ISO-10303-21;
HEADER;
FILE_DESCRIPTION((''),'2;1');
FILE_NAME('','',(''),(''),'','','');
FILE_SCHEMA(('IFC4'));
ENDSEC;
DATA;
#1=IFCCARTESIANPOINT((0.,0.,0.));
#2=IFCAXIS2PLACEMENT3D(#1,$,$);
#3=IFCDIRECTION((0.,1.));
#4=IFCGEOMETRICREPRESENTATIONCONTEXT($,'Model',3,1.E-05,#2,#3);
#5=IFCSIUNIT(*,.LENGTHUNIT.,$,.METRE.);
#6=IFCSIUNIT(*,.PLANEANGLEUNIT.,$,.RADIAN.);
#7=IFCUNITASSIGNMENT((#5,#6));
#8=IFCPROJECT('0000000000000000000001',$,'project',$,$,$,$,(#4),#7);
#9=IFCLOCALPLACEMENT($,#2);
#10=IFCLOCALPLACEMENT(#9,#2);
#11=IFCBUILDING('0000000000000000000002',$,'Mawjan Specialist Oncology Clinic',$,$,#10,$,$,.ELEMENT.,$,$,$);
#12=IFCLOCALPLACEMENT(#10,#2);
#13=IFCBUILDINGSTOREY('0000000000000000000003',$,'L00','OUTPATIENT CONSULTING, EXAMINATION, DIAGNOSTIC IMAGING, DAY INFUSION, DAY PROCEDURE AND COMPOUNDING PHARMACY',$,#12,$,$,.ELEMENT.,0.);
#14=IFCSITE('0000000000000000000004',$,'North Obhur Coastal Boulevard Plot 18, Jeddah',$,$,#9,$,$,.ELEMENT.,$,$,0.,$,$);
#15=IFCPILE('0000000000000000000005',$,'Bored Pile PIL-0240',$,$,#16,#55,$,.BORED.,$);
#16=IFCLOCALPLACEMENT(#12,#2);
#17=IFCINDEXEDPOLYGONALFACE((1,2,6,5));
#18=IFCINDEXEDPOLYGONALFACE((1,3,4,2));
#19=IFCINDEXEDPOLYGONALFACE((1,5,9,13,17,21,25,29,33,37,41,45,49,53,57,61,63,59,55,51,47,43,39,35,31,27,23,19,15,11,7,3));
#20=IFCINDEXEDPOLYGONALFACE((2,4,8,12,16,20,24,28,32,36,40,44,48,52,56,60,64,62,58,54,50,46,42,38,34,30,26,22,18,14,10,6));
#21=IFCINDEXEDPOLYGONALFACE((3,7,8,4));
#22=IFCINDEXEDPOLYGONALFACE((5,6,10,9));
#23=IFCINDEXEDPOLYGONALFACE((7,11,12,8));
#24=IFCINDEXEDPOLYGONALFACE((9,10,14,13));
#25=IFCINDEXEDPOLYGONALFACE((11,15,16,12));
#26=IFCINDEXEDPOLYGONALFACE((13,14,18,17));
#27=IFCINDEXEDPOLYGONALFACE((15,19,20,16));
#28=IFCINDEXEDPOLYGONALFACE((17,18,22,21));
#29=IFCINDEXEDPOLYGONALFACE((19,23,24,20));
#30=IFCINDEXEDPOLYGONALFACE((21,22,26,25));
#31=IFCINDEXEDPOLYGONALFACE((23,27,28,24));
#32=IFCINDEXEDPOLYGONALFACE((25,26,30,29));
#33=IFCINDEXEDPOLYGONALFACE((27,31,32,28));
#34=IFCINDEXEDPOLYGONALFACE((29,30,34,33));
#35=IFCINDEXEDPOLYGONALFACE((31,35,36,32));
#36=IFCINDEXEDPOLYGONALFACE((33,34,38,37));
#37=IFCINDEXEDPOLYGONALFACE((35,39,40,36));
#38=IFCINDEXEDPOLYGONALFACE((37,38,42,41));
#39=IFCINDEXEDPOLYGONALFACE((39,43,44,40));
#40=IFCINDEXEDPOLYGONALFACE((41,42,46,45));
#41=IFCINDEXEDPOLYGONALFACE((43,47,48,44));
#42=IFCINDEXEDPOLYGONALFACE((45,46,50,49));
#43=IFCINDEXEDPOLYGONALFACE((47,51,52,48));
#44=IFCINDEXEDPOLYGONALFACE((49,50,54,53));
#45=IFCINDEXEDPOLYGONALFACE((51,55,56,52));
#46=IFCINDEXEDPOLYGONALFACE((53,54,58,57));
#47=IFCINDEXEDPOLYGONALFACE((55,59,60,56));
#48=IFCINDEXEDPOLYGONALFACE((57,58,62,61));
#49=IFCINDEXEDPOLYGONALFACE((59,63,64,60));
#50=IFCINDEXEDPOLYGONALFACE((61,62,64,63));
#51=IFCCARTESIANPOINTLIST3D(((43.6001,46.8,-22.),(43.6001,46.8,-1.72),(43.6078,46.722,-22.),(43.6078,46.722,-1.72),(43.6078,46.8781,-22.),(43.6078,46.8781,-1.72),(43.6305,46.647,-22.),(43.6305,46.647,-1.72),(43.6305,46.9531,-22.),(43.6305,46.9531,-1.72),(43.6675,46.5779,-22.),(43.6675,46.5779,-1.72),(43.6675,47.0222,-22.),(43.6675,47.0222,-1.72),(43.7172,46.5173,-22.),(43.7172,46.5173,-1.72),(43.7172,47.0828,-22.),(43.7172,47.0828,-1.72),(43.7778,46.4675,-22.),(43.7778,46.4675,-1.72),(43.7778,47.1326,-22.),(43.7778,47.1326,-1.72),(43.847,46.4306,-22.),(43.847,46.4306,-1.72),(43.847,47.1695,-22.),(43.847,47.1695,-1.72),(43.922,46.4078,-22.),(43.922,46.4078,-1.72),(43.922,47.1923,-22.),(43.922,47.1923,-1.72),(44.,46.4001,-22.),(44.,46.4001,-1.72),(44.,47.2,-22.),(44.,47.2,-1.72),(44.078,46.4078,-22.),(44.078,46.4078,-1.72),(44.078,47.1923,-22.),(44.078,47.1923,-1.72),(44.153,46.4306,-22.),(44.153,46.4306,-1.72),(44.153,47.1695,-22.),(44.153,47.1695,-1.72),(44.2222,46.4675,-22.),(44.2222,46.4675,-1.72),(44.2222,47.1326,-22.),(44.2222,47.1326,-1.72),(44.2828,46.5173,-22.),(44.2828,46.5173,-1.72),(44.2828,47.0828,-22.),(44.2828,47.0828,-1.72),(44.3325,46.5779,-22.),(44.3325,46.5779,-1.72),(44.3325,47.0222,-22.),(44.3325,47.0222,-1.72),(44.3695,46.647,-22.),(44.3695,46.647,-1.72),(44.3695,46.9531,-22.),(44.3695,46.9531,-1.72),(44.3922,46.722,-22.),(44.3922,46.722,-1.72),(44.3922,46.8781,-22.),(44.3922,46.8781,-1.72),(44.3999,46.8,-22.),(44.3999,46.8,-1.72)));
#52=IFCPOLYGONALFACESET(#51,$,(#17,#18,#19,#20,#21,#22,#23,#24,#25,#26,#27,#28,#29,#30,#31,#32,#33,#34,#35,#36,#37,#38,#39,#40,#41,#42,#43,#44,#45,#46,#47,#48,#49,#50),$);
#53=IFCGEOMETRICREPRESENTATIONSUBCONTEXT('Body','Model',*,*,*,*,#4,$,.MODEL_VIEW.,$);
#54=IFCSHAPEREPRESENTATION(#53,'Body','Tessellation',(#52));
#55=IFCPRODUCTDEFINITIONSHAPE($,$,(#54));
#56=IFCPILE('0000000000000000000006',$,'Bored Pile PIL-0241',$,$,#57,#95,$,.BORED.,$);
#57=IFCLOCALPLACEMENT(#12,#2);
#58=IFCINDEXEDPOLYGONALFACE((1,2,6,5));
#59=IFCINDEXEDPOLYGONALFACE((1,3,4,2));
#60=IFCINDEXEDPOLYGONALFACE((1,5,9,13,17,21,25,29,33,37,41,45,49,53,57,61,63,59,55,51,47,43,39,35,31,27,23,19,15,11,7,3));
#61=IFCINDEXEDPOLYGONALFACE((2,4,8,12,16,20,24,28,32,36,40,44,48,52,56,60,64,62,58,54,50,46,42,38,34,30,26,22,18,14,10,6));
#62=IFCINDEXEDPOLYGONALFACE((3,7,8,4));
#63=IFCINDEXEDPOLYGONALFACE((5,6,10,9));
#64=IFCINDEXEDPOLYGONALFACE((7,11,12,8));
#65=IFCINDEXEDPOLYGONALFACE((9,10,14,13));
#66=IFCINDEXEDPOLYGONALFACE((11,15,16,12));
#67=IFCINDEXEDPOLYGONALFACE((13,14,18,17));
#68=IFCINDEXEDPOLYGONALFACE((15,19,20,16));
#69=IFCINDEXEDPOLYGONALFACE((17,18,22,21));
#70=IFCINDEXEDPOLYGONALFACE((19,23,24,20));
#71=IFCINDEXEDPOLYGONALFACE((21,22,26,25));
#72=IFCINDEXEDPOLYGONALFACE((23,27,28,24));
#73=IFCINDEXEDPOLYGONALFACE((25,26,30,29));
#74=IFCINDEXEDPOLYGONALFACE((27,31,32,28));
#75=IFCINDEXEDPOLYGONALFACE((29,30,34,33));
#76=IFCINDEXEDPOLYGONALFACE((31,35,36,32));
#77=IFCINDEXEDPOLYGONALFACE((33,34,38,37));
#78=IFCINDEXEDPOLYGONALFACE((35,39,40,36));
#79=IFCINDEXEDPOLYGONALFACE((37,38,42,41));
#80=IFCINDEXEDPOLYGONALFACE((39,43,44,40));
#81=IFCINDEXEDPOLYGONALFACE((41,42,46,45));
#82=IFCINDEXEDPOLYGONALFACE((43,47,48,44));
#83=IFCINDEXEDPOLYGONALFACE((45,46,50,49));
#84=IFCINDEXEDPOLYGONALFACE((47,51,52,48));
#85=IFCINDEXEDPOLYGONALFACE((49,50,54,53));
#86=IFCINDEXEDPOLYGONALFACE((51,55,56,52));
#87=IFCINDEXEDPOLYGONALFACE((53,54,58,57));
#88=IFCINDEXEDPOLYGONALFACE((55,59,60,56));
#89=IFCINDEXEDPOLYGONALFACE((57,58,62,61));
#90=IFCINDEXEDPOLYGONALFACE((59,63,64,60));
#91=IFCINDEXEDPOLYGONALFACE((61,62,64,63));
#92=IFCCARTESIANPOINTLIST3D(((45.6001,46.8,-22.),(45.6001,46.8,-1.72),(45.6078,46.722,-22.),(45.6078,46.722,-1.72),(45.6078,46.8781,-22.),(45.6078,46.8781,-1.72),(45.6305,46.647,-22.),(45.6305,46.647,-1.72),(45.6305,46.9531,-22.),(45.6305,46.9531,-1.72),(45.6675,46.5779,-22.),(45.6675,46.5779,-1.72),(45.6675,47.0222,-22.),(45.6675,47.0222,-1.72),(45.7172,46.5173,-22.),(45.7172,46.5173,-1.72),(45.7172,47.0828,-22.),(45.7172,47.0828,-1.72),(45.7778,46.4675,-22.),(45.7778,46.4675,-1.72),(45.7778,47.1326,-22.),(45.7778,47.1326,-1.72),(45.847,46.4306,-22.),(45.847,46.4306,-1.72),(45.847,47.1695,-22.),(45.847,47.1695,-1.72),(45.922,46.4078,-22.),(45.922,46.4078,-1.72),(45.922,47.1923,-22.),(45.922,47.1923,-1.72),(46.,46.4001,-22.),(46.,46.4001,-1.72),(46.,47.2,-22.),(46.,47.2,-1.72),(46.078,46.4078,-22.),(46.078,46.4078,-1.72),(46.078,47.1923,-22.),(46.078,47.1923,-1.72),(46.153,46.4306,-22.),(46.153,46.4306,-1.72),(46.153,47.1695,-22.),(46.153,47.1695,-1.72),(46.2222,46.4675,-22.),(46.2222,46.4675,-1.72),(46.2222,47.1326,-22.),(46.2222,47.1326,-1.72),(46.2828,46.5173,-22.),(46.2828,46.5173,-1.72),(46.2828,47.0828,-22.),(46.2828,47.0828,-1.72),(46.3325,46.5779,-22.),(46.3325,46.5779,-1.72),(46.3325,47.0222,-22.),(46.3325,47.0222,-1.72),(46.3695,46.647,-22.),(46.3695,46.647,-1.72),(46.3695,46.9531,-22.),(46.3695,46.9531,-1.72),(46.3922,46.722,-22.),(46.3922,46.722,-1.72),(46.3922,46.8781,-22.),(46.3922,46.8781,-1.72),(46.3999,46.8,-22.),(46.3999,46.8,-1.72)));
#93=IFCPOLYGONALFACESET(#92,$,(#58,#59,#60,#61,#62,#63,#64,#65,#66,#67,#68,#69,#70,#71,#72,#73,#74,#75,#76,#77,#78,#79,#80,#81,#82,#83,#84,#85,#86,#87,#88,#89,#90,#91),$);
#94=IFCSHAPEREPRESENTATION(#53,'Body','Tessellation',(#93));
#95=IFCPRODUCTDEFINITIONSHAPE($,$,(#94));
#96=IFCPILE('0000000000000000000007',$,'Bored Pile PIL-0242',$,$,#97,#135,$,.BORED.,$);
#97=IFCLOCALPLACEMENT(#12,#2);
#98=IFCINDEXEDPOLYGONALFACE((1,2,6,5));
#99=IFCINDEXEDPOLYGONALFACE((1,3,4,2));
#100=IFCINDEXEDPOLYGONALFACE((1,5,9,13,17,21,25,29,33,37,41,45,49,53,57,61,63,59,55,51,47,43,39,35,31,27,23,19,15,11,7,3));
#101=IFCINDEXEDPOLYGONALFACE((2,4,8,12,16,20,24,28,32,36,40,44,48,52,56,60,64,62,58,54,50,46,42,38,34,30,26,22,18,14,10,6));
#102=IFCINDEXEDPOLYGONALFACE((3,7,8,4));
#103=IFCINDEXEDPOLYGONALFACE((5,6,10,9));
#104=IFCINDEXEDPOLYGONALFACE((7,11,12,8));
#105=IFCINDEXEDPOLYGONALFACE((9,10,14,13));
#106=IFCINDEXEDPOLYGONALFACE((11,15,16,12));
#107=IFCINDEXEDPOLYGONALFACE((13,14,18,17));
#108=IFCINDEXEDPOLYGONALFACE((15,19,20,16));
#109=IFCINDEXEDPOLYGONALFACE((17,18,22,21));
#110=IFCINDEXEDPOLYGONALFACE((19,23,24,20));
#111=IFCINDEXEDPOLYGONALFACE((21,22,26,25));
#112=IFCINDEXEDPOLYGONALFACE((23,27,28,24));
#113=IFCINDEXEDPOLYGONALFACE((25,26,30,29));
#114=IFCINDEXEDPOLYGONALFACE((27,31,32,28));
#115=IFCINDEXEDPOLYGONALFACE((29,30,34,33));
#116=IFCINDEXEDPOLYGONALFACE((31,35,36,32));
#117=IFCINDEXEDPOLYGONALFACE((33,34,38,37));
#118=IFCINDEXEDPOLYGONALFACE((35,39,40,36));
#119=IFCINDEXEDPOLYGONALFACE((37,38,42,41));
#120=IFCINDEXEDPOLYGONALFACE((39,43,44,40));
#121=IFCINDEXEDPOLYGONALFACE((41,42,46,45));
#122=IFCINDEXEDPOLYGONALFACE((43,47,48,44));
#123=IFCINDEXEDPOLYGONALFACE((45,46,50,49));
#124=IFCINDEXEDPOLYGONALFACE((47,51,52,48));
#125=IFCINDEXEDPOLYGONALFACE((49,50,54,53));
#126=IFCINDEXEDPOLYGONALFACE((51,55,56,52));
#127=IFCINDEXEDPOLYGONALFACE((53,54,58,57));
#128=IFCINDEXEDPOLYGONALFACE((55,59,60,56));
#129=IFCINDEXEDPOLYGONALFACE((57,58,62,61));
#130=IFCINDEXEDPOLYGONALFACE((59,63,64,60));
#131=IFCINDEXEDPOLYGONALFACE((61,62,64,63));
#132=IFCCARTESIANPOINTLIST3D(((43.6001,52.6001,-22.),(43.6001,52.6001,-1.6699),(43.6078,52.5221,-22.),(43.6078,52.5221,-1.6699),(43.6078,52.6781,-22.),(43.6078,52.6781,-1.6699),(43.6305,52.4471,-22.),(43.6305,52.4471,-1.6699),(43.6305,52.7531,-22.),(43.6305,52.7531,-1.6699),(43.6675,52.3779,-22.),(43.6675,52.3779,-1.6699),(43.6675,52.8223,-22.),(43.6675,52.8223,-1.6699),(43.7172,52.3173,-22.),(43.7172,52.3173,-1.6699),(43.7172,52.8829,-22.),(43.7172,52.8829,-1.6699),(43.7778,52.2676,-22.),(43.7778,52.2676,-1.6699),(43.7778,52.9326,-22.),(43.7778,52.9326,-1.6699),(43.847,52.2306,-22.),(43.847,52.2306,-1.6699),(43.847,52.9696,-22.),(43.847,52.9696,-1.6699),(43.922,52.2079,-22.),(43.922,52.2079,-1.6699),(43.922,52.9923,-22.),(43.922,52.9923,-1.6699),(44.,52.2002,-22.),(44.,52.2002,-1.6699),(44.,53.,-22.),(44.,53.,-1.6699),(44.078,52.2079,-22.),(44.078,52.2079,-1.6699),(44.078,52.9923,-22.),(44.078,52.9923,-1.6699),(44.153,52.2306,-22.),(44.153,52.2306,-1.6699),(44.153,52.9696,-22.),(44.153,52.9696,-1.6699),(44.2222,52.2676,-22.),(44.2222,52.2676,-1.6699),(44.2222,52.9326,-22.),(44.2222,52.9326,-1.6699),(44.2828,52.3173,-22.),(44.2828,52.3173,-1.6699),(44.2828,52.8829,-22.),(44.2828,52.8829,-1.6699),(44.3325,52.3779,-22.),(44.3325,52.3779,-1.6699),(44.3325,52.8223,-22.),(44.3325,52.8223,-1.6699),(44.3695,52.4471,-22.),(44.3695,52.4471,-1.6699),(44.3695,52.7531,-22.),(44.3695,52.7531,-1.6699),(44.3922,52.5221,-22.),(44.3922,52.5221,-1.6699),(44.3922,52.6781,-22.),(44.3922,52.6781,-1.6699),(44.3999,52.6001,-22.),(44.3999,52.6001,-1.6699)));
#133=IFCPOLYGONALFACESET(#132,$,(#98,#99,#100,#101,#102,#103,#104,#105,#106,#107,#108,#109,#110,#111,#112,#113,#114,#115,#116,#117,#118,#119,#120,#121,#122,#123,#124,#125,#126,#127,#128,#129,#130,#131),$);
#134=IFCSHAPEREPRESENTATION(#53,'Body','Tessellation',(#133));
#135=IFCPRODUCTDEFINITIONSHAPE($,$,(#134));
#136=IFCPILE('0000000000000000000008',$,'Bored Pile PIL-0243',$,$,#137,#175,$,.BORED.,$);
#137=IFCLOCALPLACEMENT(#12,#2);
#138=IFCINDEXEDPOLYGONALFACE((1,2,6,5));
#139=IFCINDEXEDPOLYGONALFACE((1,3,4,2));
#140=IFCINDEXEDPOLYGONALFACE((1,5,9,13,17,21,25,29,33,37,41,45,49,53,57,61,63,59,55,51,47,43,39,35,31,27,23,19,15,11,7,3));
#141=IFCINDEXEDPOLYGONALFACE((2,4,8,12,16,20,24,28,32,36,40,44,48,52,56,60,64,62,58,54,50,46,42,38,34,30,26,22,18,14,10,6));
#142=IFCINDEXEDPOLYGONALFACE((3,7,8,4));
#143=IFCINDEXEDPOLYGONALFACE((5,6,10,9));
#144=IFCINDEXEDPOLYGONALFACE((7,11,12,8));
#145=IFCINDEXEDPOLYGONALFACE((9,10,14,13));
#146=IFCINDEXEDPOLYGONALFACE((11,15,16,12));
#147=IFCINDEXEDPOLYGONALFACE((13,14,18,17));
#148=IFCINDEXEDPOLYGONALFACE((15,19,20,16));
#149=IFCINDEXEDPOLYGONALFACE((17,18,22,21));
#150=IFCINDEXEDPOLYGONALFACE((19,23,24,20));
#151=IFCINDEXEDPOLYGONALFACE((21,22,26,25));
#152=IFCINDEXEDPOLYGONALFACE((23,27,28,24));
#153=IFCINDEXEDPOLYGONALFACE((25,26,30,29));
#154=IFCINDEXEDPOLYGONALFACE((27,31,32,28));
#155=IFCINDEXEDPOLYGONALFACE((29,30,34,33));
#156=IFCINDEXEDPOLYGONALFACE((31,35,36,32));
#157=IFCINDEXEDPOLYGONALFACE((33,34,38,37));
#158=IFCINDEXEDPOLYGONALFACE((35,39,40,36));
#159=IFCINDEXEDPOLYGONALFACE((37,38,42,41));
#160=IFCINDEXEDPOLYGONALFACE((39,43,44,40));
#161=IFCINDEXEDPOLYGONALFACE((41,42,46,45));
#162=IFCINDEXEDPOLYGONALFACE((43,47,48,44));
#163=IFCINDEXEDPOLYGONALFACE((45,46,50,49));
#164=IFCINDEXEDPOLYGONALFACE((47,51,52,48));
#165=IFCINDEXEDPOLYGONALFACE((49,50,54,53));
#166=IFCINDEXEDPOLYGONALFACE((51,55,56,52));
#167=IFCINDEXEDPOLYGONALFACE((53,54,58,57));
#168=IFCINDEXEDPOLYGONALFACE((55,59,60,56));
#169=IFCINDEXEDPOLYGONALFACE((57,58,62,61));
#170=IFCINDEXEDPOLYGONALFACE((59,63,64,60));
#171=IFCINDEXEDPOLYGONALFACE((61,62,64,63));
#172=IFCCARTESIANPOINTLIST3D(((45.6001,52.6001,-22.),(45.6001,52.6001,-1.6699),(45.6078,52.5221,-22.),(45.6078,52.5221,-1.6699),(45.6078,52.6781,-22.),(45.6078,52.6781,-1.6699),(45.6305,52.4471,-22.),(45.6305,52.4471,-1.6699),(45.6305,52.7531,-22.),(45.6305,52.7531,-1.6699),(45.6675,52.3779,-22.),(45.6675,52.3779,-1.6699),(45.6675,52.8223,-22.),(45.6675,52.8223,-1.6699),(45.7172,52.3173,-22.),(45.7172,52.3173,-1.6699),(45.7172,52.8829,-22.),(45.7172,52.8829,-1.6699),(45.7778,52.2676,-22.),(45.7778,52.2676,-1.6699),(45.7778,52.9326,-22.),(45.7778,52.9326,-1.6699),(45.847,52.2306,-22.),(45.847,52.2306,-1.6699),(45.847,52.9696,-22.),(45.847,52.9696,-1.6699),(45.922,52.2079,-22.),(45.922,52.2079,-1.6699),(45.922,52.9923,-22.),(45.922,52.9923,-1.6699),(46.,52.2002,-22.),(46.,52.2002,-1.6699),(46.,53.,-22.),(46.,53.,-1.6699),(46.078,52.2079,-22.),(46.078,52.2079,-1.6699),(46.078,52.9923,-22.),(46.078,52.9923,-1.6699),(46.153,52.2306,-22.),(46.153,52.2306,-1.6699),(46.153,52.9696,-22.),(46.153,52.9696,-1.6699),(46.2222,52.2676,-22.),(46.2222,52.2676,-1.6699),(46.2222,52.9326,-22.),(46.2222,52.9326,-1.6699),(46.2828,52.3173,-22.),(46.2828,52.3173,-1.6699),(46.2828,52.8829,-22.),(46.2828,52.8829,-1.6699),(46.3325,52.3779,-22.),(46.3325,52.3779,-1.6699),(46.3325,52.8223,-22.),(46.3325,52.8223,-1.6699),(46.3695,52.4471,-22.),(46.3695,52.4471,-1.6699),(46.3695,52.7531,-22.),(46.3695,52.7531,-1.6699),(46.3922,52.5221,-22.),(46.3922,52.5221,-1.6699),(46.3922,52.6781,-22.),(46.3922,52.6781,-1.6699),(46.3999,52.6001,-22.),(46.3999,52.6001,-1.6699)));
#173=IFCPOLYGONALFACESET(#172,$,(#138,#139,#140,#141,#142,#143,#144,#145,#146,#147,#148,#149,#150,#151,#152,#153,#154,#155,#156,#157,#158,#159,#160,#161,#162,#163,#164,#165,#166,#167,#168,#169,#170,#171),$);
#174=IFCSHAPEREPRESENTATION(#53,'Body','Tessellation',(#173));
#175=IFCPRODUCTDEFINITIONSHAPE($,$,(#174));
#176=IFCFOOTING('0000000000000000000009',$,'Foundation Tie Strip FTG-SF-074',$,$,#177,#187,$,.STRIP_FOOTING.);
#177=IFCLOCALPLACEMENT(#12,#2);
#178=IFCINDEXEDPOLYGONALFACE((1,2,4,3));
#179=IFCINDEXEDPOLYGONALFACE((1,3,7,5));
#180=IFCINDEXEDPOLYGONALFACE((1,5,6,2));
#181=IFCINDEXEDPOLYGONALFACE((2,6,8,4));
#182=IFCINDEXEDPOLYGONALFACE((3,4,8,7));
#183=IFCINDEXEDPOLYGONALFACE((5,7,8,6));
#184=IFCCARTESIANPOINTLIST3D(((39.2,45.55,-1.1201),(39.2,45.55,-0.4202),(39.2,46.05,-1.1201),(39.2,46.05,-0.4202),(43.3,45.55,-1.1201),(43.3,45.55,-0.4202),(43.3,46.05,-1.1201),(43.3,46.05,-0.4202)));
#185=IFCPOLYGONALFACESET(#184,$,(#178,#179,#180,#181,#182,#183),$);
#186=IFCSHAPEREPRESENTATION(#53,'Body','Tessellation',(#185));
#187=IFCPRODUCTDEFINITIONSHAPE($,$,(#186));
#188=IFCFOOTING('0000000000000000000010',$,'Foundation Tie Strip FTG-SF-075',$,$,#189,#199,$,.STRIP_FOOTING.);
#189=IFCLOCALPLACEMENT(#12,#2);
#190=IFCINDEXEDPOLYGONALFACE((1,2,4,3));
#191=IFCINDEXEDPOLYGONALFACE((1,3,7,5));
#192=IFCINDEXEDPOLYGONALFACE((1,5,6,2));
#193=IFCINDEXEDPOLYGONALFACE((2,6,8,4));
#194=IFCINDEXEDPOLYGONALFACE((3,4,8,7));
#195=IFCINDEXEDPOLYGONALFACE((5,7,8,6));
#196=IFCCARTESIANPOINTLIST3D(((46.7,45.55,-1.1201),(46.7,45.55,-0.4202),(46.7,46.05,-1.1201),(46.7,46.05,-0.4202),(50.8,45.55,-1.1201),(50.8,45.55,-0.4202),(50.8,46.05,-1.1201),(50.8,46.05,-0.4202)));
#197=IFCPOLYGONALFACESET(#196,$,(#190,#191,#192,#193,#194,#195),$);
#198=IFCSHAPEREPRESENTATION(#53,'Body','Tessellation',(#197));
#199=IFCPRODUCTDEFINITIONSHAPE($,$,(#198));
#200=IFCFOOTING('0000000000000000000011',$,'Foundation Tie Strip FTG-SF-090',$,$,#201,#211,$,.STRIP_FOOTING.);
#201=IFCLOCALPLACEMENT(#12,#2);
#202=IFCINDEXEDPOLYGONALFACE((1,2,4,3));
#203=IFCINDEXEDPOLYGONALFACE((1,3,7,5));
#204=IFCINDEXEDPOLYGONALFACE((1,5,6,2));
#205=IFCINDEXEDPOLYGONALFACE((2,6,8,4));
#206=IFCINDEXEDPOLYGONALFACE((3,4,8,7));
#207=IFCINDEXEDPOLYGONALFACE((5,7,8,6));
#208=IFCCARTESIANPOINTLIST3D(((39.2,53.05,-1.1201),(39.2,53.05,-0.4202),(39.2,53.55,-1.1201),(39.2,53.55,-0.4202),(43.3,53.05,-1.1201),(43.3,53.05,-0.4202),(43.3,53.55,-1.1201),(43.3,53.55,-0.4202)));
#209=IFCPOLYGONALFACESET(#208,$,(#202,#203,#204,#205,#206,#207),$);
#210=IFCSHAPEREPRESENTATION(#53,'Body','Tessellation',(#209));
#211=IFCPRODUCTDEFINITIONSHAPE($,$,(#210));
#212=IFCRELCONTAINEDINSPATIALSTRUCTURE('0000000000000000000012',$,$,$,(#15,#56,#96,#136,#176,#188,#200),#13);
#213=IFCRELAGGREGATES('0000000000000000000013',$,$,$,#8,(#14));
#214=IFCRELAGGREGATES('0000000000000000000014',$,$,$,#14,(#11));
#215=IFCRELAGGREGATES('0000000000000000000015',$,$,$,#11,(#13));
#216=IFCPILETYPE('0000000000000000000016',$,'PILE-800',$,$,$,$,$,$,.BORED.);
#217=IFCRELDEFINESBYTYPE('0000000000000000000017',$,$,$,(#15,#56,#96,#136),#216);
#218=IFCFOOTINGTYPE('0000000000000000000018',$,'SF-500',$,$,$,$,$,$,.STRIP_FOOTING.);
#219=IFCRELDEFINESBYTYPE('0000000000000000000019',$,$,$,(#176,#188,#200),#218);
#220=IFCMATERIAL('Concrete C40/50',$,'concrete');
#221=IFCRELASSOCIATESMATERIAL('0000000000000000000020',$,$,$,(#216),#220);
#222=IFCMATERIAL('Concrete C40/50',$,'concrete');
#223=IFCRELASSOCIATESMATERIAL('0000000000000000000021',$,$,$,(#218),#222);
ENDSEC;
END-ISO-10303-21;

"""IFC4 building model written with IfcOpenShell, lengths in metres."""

from ifc_helpers import new_model, si_unit, direction, frame, origin, origin_2d, place, context, subcontext, project, spatial, rectangle, circle, extrude, material, material_profile, profile_set, type_object, element, save


model = new_model("IFC4")

# Units and contexts
model_context = context("Model", 3, precision=1e-05, world=origin(), true_north=direction((0.0, 1.0)))
body_context = subcontext(model_context, "Body", "Model", "MODEL_VIEW")
ifc_project = project(units=[si_unit("LENGTHUNIT", "METRE"), si_unit("PLANEANGLEUNIT", "RADIAN")], contexts=[model_context])

# Site, building, storey
site_placement = place(None, origin())
site = spatial("IfcSite", under=ifc_project, at=site_placement, Name="North Obhur Coastal Boulevard Plot 18, Jeddah", CompositionType="ELEMENT", RefElevation=0.0)
building_placement = place(site_placement, origin())
building = spatial("IfcBuilding", under=site, at=building_placement, Name="Mawjan Specialist Oncology Clinic", CompositionType="ELEMENT")
storey_placement = place(building_placement, origin())
storey = spatial("IfcBuildingStorey", under=building, at=storey_placement, Name="L00", Description="OUTPATIENT CONSULTING, EXAMINATION, DIAGNOSTIC IMAGING, DAY INFUSION, DAY PROCEDURE AND COMPOUNDING PHARMACY", CompositionType="ELEMENT", Elevation=0.0)

# Piles
ifc_material_1 = material(Name="Concrete C40/50", Category="concrete")
ifc_material_profile_1 = material_profile(ifc_material_1, circle(Radius=0.3999, at=origin_2d()), Name="BORED PILE D800", Category="concrete")
ifc_profile_set_1 = profile_set([ifc_material_profile_1], Name="Concrete C40/50")
pile_type = type_object("IfcPileType", Name="PILE-800", PredefinedType="BORED", material=ifc_profile_set_1)
for number, where, z_axis, x_axis, name in (
    (1, (44.0, 46.8, -1.72), (0.0, 0.0, -1.0), (1.0, 0.0, 0.0), "Bored Pile PIL-0240"),
    (2, (46.0, 46.8, -1.72), (0.0, 0.0, -1.0), (1.0, 0.0, 0.0), "Bored Pile PIL-0241"),
):
    element("IfcPile", number, at=place(storey_placement, frame(where, z_axis=z_axis, x_axis=x_axis)), inside=storey, type_object=pile_type, Name=name, PredefinedType="BORED", context=body_context, shape_type="SweptSolid", body=[
        extrude(circle(Radius=0.3999, at=origin_2d()), origin(), (0.0, 0.0, 1.0), 20.28),
    ])
for number, where, z_axis, x_axis, name in (
    (3, (44.0, 52.6001, -1.6699), (0.0, 0.0, -1.0), (1.0, 0.0, 0.0), "Bored Pile PIL-0242"),
    (4, (46.0, 52.6001, -1.6699), (0.0, 0.0, -1.0), (1.0, 0.0, 0.0), "Bored Pile PIL-0243"),
):
    element("IfcPile", number, at=place(storey_placement, frame(where, z_axis=z_axis, x_axis=x_axis)), inside=storey, type_object=pile_type, Name=name, PredefinedType="BORED", context=body_context, shape_type="SweptSolid", body=[
        extrude(circle(Radius=0.3999, at=origin_2d()), origin(), (0.0, 0.0, 1.0), 20.3301),
    ])

# Footings
ifc_material_2 = material(Name="Concrete C40/50", Category="concrete")
footing_type_1 = type_object("IfcFootingType", Name="SF-500", PredefinedType="STRIP_FOOTING", material=ifc_material_2)
for number, where, z_axis, x_axis, name in (
    (5, (41.25, 45.8, -1.1201), (0.0, 0.0, 1.0), (1.0, 0.0, 0.0), "Foundation Tie Strip FTG-SF-074"),
    (6, (48.75, 45.8, -1.1201), (0.0, 0.0, 1.0), (1.0, 0.0, 0.0), "Foundation Tie Strip FTG-SF-075"),
    (7, (41.25, 53.3, -1.1201), (0.0, 0.0, 1.0), (1.0, 0.0, 0.0), "Foundation Tie Strip FTG-SF-090"),
):
    element("IfcFooting", number, at=place(storey_placement, frame(where, z_axis=z_axis, x_axis=x_axis)), inside=storey, type_object=footing_type_1, Name=name, PredefinedType="STRIP_FOOTING", context=body_context, shape_type="SweptSolid", body=[
        extrude(rectangle(XDim=4.1001, YDim=0.5, at=origin_2d()), origin(), (0.0, 0.0, 1.0), 0.7),
    ])

save(model, "model.ifc")
